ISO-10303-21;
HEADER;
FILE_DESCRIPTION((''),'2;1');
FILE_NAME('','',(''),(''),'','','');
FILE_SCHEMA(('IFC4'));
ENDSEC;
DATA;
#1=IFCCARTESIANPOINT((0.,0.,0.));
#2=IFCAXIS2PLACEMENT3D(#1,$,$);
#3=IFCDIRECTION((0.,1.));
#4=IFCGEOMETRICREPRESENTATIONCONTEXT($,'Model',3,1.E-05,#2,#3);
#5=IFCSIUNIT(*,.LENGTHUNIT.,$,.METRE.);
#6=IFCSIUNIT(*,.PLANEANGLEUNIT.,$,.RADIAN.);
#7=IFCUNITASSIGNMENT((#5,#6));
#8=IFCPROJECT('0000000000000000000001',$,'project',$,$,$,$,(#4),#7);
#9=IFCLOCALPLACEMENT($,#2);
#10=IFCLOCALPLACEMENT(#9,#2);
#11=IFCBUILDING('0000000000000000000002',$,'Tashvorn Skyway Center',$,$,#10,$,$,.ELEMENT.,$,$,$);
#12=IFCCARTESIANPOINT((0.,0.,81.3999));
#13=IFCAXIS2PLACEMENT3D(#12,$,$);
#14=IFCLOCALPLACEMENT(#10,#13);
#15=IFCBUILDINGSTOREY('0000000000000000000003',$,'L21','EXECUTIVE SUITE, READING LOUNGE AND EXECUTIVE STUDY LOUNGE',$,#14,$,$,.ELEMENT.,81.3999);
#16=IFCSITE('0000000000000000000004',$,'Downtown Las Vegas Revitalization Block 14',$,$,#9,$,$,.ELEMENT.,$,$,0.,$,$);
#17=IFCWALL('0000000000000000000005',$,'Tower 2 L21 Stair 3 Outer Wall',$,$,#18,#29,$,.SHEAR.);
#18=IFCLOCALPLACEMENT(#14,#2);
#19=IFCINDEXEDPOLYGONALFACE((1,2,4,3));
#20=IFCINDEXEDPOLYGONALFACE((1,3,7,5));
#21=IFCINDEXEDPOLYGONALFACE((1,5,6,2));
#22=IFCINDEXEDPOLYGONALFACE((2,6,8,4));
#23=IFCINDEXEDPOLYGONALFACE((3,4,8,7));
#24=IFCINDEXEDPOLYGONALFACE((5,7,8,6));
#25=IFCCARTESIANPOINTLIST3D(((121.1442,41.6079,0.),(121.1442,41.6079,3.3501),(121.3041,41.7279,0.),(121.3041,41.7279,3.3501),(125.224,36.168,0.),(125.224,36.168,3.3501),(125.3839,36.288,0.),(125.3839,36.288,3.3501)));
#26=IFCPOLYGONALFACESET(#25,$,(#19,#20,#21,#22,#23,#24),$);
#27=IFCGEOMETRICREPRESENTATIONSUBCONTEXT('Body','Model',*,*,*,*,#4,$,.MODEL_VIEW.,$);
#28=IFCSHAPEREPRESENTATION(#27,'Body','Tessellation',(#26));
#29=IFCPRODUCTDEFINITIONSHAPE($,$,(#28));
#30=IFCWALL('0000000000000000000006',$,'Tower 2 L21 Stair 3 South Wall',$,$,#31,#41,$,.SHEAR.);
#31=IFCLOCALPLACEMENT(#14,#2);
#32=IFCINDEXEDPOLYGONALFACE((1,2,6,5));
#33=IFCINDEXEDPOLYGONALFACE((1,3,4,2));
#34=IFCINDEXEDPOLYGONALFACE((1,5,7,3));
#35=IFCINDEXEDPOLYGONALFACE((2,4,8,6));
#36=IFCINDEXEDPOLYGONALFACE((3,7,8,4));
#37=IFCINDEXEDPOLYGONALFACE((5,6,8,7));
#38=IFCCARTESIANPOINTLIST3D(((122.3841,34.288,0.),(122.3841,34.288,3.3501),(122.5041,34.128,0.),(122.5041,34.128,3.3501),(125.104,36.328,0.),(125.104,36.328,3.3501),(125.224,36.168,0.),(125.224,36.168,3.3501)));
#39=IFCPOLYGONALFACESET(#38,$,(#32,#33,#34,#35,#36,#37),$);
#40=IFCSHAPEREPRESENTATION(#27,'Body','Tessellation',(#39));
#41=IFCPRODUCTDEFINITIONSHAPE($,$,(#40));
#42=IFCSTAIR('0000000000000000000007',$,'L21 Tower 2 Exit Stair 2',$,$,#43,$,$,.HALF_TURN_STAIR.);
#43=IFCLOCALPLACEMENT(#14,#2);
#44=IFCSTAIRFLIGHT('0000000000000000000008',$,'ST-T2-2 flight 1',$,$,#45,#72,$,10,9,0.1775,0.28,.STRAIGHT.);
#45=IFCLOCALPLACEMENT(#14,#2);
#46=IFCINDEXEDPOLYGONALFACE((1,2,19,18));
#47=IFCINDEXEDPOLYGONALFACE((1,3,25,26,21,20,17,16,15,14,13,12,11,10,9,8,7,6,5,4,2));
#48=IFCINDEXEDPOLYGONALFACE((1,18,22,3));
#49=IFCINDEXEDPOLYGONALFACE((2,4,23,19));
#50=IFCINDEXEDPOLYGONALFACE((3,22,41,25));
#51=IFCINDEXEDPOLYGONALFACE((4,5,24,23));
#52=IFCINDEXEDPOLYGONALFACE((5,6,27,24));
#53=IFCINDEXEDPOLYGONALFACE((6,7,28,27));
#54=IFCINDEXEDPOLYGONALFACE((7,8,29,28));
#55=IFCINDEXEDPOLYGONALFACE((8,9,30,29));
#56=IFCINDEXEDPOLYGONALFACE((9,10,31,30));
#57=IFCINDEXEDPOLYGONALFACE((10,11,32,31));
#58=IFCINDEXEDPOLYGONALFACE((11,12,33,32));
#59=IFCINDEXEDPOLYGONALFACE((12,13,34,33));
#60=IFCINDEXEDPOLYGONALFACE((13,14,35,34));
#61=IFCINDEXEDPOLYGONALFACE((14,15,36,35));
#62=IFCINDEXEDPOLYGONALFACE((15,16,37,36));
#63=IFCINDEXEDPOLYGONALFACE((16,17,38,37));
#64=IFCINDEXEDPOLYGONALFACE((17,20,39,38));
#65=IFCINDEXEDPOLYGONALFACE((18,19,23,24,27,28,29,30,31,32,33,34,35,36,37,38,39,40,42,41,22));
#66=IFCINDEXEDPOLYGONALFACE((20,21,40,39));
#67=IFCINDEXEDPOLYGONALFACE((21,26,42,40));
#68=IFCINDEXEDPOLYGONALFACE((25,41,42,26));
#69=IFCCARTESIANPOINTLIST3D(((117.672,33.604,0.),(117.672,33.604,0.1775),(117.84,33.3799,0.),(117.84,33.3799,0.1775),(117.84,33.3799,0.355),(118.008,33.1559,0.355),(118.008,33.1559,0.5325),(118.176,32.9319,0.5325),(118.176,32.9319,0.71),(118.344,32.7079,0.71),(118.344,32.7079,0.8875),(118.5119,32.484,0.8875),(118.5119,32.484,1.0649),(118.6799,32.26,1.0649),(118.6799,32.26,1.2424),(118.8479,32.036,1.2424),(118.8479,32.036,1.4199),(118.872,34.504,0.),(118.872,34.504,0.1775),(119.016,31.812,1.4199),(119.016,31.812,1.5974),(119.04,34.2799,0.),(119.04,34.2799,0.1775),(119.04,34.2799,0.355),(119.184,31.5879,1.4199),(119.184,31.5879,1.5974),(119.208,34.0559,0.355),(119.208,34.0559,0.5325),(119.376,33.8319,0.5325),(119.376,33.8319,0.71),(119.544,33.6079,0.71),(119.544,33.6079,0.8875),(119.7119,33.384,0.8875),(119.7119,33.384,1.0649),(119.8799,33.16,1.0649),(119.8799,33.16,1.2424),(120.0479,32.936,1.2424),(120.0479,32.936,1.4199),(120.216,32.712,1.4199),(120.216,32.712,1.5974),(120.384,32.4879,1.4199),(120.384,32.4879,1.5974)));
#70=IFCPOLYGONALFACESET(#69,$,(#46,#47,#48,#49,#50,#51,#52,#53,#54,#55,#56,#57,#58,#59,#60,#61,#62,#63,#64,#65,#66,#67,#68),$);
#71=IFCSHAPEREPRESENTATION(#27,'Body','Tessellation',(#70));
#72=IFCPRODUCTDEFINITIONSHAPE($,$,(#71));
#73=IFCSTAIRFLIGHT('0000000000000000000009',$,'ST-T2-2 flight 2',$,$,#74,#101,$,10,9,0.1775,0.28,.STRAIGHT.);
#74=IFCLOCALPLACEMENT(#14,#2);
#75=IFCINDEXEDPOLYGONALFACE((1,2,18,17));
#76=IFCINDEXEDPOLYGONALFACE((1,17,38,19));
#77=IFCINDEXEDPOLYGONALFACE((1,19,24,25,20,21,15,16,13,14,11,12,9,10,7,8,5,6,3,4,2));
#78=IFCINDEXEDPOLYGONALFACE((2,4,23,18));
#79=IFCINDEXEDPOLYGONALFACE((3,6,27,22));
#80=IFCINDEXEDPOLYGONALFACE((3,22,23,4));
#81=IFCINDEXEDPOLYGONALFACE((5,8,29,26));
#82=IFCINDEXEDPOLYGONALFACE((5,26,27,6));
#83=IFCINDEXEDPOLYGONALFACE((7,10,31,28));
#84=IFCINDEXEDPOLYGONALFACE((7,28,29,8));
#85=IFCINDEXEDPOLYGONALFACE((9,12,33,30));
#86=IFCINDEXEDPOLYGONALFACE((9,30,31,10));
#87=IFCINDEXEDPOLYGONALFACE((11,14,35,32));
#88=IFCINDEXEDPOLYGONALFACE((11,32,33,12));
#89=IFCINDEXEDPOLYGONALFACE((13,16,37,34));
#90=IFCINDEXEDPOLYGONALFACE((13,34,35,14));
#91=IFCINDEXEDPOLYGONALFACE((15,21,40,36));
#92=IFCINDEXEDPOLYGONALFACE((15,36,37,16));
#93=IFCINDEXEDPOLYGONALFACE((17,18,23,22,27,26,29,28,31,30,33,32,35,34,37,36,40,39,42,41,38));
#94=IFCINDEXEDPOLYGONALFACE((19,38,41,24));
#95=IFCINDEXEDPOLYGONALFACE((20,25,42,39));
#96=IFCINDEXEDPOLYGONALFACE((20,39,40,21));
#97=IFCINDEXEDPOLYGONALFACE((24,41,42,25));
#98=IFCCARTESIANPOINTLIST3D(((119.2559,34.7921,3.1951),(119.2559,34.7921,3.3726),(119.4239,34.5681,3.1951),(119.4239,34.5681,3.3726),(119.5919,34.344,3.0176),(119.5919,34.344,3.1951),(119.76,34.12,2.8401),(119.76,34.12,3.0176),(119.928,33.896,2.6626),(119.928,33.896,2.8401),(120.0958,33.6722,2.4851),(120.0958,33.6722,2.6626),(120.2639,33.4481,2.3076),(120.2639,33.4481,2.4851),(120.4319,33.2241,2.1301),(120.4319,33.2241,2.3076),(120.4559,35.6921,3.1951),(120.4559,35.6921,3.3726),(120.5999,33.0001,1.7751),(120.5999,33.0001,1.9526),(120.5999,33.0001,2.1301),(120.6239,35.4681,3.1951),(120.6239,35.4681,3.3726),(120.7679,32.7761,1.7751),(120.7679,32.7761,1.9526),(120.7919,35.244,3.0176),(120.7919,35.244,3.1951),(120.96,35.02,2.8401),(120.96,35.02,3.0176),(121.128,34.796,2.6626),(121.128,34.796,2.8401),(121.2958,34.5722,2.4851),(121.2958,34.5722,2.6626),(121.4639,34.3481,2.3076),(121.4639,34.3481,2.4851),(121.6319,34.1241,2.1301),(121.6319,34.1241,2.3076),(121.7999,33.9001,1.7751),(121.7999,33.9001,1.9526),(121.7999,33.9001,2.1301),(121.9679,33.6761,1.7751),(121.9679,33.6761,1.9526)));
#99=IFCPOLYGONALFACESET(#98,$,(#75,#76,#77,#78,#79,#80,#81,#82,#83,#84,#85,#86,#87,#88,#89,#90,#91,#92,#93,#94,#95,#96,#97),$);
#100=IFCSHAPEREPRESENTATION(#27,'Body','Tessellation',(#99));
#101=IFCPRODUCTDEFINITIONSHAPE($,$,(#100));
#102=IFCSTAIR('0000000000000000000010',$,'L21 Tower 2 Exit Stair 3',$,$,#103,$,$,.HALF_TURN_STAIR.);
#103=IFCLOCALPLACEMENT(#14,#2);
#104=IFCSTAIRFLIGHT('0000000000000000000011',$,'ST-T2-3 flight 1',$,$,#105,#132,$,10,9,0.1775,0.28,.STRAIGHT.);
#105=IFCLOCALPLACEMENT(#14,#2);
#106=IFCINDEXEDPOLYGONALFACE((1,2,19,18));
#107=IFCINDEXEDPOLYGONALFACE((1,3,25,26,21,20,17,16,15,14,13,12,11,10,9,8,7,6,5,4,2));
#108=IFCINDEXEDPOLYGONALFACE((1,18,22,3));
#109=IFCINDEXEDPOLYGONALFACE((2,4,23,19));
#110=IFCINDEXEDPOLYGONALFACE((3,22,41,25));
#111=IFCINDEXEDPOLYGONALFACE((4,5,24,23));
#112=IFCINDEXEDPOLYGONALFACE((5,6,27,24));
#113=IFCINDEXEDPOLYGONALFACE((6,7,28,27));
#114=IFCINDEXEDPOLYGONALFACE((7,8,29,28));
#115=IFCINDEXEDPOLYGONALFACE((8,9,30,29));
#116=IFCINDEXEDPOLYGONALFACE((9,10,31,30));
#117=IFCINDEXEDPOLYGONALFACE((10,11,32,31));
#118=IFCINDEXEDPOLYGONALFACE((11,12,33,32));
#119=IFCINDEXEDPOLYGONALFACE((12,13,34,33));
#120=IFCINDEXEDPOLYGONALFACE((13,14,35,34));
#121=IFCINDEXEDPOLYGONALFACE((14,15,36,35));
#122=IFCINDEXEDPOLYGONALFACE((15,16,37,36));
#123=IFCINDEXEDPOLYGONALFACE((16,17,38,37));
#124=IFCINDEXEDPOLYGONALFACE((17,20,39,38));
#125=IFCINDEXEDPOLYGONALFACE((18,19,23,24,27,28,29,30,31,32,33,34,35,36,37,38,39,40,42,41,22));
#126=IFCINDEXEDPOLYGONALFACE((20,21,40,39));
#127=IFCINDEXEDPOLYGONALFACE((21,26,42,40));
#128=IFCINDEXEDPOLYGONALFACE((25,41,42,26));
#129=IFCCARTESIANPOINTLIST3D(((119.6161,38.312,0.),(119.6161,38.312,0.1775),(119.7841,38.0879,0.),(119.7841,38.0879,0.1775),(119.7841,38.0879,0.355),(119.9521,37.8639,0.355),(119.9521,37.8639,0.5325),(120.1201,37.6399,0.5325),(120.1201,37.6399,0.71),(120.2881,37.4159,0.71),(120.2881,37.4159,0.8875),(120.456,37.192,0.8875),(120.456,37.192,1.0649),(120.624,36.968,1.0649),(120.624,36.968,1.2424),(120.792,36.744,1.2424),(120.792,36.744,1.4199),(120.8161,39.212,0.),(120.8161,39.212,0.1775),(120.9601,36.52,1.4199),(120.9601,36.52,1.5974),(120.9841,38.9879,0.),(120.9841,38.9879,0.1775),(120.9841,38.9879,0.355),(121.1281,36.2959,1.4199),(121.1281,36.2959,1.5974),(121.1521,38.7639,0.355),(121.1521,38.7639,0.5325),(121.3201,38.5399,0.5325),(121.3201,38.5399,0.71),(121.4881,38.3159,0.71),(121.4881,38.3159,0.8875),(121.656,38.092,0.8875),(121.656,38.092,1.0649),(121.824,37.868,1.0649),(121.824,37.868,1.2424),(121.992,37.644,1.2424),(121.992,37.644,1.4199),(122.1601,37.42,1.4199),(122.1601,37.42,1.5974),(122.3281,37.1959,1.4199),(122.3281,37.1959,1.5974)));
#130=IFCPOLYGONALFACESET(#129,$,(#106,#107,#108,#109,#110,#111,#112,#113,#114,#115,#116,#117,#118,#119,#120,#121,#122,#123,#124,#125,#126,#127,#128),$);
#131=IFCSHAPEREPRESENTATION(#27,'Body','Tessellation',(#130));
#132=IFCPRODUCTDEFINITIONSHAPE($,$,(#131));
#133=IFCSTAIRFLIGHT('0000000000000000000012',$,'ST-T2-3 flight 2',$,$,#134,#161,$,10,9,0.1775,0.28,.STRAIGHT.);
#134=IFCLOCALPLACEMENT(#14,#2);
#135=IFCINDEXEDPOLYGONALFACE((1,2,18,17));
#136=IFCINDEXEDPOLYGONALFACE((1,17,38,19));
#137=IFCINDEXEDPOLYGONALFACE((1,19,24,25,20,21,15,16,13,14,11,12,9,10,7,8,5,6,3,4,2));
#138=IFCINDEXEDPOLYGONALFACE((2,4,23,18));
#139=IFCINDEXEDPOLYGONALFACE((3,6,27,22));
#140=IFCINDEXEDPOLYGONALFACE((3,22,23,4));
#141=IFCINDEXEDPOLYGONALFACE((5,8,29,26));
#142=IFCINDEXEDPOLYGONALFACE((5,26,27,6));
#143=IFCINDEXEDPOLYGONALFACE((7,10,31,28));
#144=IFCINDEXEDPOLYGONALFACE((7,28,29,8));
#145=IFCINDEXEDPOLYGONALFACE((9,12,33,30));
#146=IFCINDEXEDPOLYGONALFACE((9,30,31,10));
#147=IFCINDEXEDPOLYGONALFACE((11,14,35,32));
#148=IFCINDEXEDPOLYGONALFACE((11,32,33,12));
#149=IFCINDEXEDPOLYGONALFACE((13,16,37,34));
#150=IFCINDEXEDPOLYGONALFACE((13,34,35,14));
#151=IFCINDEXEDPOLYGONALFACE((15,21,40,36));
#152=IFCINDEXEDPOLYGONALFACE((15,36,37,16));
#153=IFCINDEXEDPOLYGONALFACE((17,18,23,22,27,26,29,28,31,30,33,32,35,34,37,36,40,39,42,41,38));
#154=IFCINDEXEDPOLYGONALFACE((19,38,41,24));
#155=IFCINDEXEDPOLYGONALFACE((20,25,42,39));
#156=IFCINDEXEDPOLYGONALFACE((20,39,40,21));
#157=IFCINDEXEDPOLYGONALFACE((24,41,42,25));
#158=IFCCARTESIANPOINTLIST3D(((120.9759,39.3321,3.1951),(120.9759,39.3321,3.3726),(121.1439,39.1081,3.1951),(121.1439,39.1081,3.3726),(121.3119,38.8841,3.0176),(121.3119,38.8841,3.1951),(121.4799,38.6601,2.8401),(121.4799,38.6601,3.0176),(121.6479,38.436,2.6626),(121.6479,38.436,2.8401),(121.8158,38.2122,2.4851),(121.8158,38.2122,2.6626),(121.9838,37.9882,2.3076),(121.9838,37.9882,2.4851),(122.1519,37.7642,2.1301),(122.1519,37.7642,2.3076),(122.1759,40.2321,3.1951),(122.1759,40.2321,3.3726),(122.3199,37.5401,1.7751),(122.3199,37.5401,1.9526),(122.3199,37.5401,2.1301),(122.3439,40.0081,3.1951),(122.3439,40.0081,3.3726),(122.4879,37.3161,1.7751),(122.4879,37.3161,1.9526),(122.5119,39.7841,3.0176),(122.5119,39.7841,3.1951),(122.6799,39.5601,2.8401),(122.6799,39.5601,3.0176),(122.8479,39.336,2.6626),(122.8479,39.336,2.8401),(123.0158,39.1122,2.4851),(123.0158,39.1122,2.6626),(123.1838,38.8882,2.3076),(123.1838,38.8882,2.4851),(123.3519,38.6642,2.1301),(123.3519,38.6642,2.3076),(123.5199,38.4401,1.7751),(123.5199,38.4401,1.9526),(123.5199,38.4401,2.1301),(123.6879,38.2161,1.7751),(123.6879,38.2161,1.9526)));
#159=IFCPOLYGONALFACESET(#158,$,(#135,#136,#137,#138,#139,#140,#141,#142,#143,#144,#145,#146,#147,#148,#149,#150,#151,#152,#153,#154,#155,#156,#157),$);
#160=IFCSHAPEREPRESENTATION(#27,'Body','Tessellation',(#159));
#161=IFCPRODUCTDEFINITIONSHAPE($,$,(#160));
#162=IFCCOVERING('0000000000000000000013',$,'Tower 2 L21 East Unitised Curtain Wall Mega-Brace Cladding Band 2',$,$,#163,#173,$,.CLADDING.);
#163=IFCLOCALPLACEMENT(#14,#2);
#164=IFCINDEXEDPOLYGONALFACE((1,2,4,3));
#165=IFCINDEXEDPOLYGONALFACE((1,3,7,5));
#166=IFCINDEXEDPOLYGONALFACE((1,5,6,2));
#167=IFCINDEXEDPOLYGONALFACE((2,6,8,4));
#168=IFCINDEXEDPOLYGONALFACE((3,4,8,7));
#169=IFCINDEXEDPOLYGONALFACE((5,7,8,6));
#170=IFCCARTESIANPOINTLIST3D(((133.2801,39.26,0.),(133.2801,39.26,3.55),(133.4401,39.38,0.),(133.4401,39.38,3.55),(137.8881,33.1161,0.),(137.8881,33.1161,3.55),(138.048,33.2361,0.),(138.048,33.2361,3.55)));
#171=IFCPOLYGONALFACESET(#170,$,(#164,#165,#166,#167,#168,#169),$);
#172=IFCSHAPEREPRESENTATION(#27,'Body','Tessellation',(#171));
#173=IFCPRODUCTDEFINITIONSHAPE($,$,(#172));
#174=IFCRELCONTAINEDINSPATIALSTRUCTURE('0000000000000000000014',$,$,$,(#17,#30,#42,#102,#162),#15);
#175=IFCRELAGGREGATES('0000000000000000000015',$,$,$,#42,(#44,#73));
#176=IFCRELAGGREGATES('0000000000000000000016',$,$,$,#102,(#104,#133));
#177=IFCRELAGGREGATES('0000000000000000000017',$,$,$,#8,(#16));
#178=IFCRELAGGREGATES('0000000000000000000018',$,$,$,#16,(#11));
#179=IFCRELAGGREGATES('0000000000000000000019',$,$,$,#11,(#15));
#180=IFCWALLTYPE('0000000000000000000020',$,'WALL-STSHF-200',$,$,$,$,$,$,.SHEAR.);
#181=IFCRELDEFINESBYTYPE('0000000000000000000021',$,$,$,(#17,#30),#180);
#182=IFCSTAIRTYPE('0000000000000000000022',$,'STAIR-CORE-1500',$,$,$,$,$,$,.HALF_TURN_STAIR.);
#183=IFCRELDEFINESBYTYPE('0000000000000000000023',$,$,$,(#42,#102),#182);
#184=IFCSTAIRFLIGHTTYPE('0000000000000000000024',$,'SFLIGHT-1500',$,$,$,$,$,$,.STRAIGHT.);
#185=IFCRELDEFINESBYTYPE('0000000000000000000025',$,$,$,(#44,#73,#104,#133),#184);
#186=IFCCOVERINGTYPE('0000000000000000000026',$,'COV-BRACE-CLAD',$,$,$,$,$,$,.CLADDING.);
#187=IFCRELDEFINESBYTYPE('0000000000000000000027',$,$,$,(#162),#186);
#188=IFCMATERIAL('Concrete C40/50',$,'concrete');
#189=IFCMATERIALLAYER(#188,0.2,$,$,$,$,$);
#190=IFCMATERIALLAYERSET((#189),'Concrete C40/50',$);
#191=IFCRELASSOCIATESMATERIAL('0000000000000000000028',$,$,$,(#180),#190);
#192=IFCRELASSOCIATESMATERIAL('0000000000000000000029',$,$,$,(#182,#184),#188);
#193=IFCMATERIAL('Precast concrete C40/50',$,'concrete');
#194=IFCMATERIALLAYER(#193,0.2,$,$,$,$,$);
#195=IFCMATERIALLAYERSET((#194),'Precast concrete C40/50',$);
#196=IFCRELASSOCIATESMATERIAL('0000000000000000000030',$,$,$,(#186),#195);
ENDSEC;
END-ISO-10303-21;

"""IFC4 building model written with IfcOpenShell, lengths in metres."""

from ifc_helpers import new_model, si_unit, direction, frame, frame_2d, origin, origin_2d, place, context, subcontext, project, spatial, polyline, rectangle, outline, extrude, material, layer, layer_set, type_object, element, aggregate, save


model = new_model("IFC4")

# Units and contexts
model_context = context("Model", 3, precision=1e-05, world=origin(), true_north=direction((0.0, 1.0)))
body_context = subcontext(model_context, "Body", "Model", "MODEL_VIEW")
ifc_project = project(units=[si_unit("LENGTHUNIT", "METRE"), si_unit("PLANEANGLEUNIT", "RADIAN")], contexts=[model_context])

# Site, building, storey
site_placement = place(None, origin())
site = spatial("IfcSite", under=ifc_project, at=site_placement, Name="Downtown Las Vegas Revitalization Block 14", CompositionType="ELEMENT", RefElevation=0.0)
building_placement = place(site_placement, origin())
building = spatial("IfcBuilding", under=site, at=building_placement, Name="Tashvorn Skyway Center", CompositionType="ELEMENT")
storey_placement = place(building_placement, frame((0.0, 0.0, 81.3999)))
storey = spatial("IfcBuildingStorey", under=building, at=storey_placement, Name="L21", Description="EXECUTIVE SUITE, READING LOUNGE AND EXECUTIVE STUDY LOUNGE", CompositionType="ELEMENT", Elevation=81.3999)

# Shared definitions
ifc_material_1 = material(Name="Concrete C40/50", Category="concrete")

# Shared definitions
ifc_layer_1 = layer(ifc_material_1, 0.2)
ifc_layer_set_1 = layer_set([ifc_layer_1], Name="Concrete C40/50")
wall_type_1 = type_object("IfcWallType", Name="WALL-STSHF-200", PredefinedType="SHEAR", material=ifc_layer_set_1)

# Walls
wall_1_placement = place(storey_placement, frame((125.304, 36.228, 0.0), z_axis=(0.0, 0.0, 1.0), x_axis=(-0.599989, 0.800009, 0.0)))
element("IfcWall", 1, at=wall_1_placement, inside=storey, type_object=wall_type_1, Name="Tower 2 L21 Stair 3 Outer Wall", PredefinedType="SHEAR", context=body_context, shape_type="SweptSolid", body=[
    extrude(rectangle(XDim=6.7998, YDim=0.2, at=frame_2d((3.3999, 0.0))), origin(), (0.0, 0.0, 1.0), 3.3501),
])
wall_2_placement = place(storey_placement, frame((122.4441, 34.208, 0.0), z_axis=(0.0, 0.0, 1.0), x_axis=(0.799991, 0.600011, 0.0)))
element("IfcWall", 2, at=wall_2_placement, inside=storey, type_object=wall_type_1, Name="Tower 2 L21 Stair 3 South Wall", PredefinedType="SHEAR", context=body_context, shape_type="SweptSolid", body=[
    extrude(rectangle(XDim=3.3999, YDim=0.2, at=frame_2d((1.7, 0.0))), origin(), (0.0, 0.0, 1.0), 3.3501),
])

# Stairs, stair flights
stair_type = type_object("IfcStairType", Name="STAIR-CORE-1500", PredefinedType="HALF_TURN_STAIR", material=ifc_material_1)
stair_1_placement = place(storey_placement, origin())
stair_1 = element("IfcStair", 3, at=stair_1_placement, inside=storey, type_object=stair_type, Name="L21 Tower 2 Exit Stair 2", PredefinedType="HALF_TURN_STAIR")
stair_flight_type = type_object("IfcStairFlightType", Name="SFLIGHT-1500", PredefinedType="STRAIGHT", material=ifc_material_1)
stair_flight_1_placement = place(storey_placement, frame((118.272, 34.054, 0.0), z_axis=(0.0, 0.0, 1.0), x_axis=(0.6, -0.8, 0.0)))
stair_flight_1 = element("IfcStairFlight", 4, at=stair_flight_1_placement, type_object=stair_flight_type, Name="ST-T2-2 flight 1", NumberOfRisers=10, NumberOfTreads=9, PredefinedType="STRAIGHT", RiserHeight=0.1775, TreadLength=0.28, context=body_context, shape_type="SweptSolid", body=[
    extrude(outline(polyline([(0.0, 0.0), (0.0, 0.1775), (0.28, 0.1775), (0.28, 0.355), (0.5601, 0.355), (0.5601, 0.5325), (0.8401, 0.5325), (0.8401, 0.71), (1.1201, 0.71), (1.1201, 0.8875), (1.3999, 0.8875), (1.3999, 1.0649), (1.6799, 1.0649), (1.6799, 1.2424), (1.96, 1.2424), (1.96, 1.4199), (2.24, 1.4199), (2.24, 1.5974), (2.52, 1.5974), (2.52, 1.7749), (2.52, 1.4199), (0.28, 0.0), (0.0, 0.0)])), frame((0.0, 0.75, 0.0), z_axis=(0.0, -1.0, 0.0), x_axis=(1.0, 0.0, 0.0)), (0.0, 0.0, 1.0), 1.5),
])
stair_flight_2_placement = place(storey_placement, frame((121.3679, 33.2261, 1.7751), z_axis=(0.0, 0.0, 1.0), x_axis=(-0.6, 0.8, 0.0)))
stair_flight_2 = element("IfcStairFlight", 5, at=stair_flight_2_placement, type_object=stair_flight_type, Name="ST-T2-2 flight 2", NumberOfRisers=10, NumberOfTreads=9, PredefinedType="STRAIGHT", RiserHeight=0.1775, TreadLength=0.28, context=body_context, shape_type="SweptSolid", body=[
    extrude(outline(polyline([(0.0, 0.0), (0.0, 0.1775), (0.28, 0.1775), (0.28, 0.355), (0.5601, 0.355), (0.5601, 0.5325), (0.8401, 0.5325), (0.8401, 0.71), (1.1201, 0.71), (1.1201, 0.8875), (1.3999, 0.8875), (1.3999, 1.0649), (1.6799, 1.0649), (1.6799, 1.2424), (1.96, 1.2424), (1.96, 1.4199), (2.24, 1.4199), (2.24, 1.5974), (2.52, 1.5974), (2.52, 1.7749), (2.52, 1.4199), (0.28, 0.0), (0.0, 0.0)])), frame((0.0, 0.75, 0.0), z_axis=(0.0, -1.0, 0.0), x_axis=(1.0, 0.0, 0.0)), (0.0, 0.0, 1.0), 1.5),
])
aggregate(stair_1, [stair_flight_1, stair_flight_2])
stair_2_placement = place(storey_placement, origin())
stair_2 = element("IfcStair", 6, at=stair_2_placement, inside=storey, type_object=stair_type, Name="L21 Tower 2 Exit Stair 3", PredefinedType="HALF_TURN_STAIR")
stair_flight_3_placement = place(storey_placement, frame((120.2161, 38.762, 0.0), z_axis=(0.0, 0.0, 1.0), x_axis=(0.6, -0.8, 0.0)))
stair_flight_3 = element("IfcStairFlight", 7, at=stair_flight_3_placement, type_object=stair_flight_type, Name="ST-T2-3 flight 1", NumberOfRisers=10, NumberOfTreads=9, PredefinedType="STRAIGHT", RiserHeight=0.1775, TreadLength=0.28, context=body_context, shape_type="SweptSolid", body=[
    extrude(outline(polyline([(0.0, 0.0), (0.0, 0.1775), (0.28, 0.1775), (0.28, 0.355), (0.5601, 0.355), (0.5601, 0.5325), (0.8401, 0.5325), (0.8401, 0.71), (1.1201, 0.71), (1.1201, 0.8875), (1.3999, 0.8875), (1.3999, 1.0649), (1.6799, 1.0649), (1.6799, 1.2424), (1.96, 1.2424), (1.96, 1.4199), (2.24, 1.4199), (2.24, 1.5974), (2.52, 1.5974), (2.52, 1.7749), (2.52, 1.4199), (0.28, 0.0), (0.0, 0.0)])), frame((0.0, 0.75, 0.0), z_axis=(0.0, -1.0, 0.0), x_axis=(1.0, 0.0, 0.0)), (0.0, 0.0, 1.0), 1.5),
])
stair_flight_4_placement = place(storey_placement, frame((123.0879, 37.7661, 1.7751), z_axis=(0.0, 0.0, 1.0), x_axis=(-0.6, 0.8, 0.0)))
stair_flight_4 = element("IfcStairFlight", 8, at=stair_flight_4_placement, type_object=stair_flight_type, Name="ST-T2-3 flight 2", NumberOfRisers=10, NumberOfTreads=9, PredefinedType="STRAIGHT", RiserHeight=0.1775, TreadLength=0.28, context=body_context, shape_type="SweptSolid", body=[
    extrude(outline(polyline([(0.0, 0.0), (0.0, 0.1775), (0.28, 0.1775), (0.28, 0.355), (0.5601, 0.355), (0.5601, 0.5325), (0.8401, 0.5325), (0.8401, 0.71), (1.1201, 0.71), (1.1201, 0.8875), (1.3999, 0.8875), (1.3999, 1.0649), (1.6799, 1.0649), (1.6799, 1.2424), (1.96, 1.2424), (1.96, 1.4199), (2.24, 1.4199), (2.24, 1.5974), (2.52, 1.5974), (2.52, 1.7749), (2.52, 1.4199), (0.28, 0.0), (0.0, 0.0)])), frame((0.0, 0.75, 0.0), z_axis=(0.0, -1.0, 0.0), x_axis=(1.0, 0.0, 0.0)), (0.0, 0.0, 1.0), 1.5),
])
aggregate(stair_2, [stair_flight_3, stair_flight_4])

# Covering
ifc_material_2 = material(Name="Precast concrete C40/50", Category="concrete")
ifc_layer_2 = layer(ifc_material_2, 0.2)
ifc_layer_set_2 = layer_set([ifc_layer_2], Name="Precast concrete C40/50")
covering_type = type_object("IfcCoveringType", Name="COV-BRACE-CLAD", PredefinedType="CLADDING", material=ifc_layer_set_2)
covering_placement = place(storey_placement, frame((135.6641, 36.248, 0.0), z_axis=(0.0, 0.0, 1.0), x_axis=(0.6, -0.8, 0.0)))
element("IfcCovering", 9, at=covering_placement, inside=storey, type_object=covering_type, Name="Tower 2 L21 East Unitised Curtain Wall Mega-Brace Cladding Band 2", PredefinedType="CLADDING", context=body_context, shape_type="SweptSolid", body=[
    extrude(rectangle(XDim=7.6799, YDim=0.2, at=origin_2d()), origin(), (0.0, 0.0, 1.0), 3.55),
])

save(model, "model.ifc")
